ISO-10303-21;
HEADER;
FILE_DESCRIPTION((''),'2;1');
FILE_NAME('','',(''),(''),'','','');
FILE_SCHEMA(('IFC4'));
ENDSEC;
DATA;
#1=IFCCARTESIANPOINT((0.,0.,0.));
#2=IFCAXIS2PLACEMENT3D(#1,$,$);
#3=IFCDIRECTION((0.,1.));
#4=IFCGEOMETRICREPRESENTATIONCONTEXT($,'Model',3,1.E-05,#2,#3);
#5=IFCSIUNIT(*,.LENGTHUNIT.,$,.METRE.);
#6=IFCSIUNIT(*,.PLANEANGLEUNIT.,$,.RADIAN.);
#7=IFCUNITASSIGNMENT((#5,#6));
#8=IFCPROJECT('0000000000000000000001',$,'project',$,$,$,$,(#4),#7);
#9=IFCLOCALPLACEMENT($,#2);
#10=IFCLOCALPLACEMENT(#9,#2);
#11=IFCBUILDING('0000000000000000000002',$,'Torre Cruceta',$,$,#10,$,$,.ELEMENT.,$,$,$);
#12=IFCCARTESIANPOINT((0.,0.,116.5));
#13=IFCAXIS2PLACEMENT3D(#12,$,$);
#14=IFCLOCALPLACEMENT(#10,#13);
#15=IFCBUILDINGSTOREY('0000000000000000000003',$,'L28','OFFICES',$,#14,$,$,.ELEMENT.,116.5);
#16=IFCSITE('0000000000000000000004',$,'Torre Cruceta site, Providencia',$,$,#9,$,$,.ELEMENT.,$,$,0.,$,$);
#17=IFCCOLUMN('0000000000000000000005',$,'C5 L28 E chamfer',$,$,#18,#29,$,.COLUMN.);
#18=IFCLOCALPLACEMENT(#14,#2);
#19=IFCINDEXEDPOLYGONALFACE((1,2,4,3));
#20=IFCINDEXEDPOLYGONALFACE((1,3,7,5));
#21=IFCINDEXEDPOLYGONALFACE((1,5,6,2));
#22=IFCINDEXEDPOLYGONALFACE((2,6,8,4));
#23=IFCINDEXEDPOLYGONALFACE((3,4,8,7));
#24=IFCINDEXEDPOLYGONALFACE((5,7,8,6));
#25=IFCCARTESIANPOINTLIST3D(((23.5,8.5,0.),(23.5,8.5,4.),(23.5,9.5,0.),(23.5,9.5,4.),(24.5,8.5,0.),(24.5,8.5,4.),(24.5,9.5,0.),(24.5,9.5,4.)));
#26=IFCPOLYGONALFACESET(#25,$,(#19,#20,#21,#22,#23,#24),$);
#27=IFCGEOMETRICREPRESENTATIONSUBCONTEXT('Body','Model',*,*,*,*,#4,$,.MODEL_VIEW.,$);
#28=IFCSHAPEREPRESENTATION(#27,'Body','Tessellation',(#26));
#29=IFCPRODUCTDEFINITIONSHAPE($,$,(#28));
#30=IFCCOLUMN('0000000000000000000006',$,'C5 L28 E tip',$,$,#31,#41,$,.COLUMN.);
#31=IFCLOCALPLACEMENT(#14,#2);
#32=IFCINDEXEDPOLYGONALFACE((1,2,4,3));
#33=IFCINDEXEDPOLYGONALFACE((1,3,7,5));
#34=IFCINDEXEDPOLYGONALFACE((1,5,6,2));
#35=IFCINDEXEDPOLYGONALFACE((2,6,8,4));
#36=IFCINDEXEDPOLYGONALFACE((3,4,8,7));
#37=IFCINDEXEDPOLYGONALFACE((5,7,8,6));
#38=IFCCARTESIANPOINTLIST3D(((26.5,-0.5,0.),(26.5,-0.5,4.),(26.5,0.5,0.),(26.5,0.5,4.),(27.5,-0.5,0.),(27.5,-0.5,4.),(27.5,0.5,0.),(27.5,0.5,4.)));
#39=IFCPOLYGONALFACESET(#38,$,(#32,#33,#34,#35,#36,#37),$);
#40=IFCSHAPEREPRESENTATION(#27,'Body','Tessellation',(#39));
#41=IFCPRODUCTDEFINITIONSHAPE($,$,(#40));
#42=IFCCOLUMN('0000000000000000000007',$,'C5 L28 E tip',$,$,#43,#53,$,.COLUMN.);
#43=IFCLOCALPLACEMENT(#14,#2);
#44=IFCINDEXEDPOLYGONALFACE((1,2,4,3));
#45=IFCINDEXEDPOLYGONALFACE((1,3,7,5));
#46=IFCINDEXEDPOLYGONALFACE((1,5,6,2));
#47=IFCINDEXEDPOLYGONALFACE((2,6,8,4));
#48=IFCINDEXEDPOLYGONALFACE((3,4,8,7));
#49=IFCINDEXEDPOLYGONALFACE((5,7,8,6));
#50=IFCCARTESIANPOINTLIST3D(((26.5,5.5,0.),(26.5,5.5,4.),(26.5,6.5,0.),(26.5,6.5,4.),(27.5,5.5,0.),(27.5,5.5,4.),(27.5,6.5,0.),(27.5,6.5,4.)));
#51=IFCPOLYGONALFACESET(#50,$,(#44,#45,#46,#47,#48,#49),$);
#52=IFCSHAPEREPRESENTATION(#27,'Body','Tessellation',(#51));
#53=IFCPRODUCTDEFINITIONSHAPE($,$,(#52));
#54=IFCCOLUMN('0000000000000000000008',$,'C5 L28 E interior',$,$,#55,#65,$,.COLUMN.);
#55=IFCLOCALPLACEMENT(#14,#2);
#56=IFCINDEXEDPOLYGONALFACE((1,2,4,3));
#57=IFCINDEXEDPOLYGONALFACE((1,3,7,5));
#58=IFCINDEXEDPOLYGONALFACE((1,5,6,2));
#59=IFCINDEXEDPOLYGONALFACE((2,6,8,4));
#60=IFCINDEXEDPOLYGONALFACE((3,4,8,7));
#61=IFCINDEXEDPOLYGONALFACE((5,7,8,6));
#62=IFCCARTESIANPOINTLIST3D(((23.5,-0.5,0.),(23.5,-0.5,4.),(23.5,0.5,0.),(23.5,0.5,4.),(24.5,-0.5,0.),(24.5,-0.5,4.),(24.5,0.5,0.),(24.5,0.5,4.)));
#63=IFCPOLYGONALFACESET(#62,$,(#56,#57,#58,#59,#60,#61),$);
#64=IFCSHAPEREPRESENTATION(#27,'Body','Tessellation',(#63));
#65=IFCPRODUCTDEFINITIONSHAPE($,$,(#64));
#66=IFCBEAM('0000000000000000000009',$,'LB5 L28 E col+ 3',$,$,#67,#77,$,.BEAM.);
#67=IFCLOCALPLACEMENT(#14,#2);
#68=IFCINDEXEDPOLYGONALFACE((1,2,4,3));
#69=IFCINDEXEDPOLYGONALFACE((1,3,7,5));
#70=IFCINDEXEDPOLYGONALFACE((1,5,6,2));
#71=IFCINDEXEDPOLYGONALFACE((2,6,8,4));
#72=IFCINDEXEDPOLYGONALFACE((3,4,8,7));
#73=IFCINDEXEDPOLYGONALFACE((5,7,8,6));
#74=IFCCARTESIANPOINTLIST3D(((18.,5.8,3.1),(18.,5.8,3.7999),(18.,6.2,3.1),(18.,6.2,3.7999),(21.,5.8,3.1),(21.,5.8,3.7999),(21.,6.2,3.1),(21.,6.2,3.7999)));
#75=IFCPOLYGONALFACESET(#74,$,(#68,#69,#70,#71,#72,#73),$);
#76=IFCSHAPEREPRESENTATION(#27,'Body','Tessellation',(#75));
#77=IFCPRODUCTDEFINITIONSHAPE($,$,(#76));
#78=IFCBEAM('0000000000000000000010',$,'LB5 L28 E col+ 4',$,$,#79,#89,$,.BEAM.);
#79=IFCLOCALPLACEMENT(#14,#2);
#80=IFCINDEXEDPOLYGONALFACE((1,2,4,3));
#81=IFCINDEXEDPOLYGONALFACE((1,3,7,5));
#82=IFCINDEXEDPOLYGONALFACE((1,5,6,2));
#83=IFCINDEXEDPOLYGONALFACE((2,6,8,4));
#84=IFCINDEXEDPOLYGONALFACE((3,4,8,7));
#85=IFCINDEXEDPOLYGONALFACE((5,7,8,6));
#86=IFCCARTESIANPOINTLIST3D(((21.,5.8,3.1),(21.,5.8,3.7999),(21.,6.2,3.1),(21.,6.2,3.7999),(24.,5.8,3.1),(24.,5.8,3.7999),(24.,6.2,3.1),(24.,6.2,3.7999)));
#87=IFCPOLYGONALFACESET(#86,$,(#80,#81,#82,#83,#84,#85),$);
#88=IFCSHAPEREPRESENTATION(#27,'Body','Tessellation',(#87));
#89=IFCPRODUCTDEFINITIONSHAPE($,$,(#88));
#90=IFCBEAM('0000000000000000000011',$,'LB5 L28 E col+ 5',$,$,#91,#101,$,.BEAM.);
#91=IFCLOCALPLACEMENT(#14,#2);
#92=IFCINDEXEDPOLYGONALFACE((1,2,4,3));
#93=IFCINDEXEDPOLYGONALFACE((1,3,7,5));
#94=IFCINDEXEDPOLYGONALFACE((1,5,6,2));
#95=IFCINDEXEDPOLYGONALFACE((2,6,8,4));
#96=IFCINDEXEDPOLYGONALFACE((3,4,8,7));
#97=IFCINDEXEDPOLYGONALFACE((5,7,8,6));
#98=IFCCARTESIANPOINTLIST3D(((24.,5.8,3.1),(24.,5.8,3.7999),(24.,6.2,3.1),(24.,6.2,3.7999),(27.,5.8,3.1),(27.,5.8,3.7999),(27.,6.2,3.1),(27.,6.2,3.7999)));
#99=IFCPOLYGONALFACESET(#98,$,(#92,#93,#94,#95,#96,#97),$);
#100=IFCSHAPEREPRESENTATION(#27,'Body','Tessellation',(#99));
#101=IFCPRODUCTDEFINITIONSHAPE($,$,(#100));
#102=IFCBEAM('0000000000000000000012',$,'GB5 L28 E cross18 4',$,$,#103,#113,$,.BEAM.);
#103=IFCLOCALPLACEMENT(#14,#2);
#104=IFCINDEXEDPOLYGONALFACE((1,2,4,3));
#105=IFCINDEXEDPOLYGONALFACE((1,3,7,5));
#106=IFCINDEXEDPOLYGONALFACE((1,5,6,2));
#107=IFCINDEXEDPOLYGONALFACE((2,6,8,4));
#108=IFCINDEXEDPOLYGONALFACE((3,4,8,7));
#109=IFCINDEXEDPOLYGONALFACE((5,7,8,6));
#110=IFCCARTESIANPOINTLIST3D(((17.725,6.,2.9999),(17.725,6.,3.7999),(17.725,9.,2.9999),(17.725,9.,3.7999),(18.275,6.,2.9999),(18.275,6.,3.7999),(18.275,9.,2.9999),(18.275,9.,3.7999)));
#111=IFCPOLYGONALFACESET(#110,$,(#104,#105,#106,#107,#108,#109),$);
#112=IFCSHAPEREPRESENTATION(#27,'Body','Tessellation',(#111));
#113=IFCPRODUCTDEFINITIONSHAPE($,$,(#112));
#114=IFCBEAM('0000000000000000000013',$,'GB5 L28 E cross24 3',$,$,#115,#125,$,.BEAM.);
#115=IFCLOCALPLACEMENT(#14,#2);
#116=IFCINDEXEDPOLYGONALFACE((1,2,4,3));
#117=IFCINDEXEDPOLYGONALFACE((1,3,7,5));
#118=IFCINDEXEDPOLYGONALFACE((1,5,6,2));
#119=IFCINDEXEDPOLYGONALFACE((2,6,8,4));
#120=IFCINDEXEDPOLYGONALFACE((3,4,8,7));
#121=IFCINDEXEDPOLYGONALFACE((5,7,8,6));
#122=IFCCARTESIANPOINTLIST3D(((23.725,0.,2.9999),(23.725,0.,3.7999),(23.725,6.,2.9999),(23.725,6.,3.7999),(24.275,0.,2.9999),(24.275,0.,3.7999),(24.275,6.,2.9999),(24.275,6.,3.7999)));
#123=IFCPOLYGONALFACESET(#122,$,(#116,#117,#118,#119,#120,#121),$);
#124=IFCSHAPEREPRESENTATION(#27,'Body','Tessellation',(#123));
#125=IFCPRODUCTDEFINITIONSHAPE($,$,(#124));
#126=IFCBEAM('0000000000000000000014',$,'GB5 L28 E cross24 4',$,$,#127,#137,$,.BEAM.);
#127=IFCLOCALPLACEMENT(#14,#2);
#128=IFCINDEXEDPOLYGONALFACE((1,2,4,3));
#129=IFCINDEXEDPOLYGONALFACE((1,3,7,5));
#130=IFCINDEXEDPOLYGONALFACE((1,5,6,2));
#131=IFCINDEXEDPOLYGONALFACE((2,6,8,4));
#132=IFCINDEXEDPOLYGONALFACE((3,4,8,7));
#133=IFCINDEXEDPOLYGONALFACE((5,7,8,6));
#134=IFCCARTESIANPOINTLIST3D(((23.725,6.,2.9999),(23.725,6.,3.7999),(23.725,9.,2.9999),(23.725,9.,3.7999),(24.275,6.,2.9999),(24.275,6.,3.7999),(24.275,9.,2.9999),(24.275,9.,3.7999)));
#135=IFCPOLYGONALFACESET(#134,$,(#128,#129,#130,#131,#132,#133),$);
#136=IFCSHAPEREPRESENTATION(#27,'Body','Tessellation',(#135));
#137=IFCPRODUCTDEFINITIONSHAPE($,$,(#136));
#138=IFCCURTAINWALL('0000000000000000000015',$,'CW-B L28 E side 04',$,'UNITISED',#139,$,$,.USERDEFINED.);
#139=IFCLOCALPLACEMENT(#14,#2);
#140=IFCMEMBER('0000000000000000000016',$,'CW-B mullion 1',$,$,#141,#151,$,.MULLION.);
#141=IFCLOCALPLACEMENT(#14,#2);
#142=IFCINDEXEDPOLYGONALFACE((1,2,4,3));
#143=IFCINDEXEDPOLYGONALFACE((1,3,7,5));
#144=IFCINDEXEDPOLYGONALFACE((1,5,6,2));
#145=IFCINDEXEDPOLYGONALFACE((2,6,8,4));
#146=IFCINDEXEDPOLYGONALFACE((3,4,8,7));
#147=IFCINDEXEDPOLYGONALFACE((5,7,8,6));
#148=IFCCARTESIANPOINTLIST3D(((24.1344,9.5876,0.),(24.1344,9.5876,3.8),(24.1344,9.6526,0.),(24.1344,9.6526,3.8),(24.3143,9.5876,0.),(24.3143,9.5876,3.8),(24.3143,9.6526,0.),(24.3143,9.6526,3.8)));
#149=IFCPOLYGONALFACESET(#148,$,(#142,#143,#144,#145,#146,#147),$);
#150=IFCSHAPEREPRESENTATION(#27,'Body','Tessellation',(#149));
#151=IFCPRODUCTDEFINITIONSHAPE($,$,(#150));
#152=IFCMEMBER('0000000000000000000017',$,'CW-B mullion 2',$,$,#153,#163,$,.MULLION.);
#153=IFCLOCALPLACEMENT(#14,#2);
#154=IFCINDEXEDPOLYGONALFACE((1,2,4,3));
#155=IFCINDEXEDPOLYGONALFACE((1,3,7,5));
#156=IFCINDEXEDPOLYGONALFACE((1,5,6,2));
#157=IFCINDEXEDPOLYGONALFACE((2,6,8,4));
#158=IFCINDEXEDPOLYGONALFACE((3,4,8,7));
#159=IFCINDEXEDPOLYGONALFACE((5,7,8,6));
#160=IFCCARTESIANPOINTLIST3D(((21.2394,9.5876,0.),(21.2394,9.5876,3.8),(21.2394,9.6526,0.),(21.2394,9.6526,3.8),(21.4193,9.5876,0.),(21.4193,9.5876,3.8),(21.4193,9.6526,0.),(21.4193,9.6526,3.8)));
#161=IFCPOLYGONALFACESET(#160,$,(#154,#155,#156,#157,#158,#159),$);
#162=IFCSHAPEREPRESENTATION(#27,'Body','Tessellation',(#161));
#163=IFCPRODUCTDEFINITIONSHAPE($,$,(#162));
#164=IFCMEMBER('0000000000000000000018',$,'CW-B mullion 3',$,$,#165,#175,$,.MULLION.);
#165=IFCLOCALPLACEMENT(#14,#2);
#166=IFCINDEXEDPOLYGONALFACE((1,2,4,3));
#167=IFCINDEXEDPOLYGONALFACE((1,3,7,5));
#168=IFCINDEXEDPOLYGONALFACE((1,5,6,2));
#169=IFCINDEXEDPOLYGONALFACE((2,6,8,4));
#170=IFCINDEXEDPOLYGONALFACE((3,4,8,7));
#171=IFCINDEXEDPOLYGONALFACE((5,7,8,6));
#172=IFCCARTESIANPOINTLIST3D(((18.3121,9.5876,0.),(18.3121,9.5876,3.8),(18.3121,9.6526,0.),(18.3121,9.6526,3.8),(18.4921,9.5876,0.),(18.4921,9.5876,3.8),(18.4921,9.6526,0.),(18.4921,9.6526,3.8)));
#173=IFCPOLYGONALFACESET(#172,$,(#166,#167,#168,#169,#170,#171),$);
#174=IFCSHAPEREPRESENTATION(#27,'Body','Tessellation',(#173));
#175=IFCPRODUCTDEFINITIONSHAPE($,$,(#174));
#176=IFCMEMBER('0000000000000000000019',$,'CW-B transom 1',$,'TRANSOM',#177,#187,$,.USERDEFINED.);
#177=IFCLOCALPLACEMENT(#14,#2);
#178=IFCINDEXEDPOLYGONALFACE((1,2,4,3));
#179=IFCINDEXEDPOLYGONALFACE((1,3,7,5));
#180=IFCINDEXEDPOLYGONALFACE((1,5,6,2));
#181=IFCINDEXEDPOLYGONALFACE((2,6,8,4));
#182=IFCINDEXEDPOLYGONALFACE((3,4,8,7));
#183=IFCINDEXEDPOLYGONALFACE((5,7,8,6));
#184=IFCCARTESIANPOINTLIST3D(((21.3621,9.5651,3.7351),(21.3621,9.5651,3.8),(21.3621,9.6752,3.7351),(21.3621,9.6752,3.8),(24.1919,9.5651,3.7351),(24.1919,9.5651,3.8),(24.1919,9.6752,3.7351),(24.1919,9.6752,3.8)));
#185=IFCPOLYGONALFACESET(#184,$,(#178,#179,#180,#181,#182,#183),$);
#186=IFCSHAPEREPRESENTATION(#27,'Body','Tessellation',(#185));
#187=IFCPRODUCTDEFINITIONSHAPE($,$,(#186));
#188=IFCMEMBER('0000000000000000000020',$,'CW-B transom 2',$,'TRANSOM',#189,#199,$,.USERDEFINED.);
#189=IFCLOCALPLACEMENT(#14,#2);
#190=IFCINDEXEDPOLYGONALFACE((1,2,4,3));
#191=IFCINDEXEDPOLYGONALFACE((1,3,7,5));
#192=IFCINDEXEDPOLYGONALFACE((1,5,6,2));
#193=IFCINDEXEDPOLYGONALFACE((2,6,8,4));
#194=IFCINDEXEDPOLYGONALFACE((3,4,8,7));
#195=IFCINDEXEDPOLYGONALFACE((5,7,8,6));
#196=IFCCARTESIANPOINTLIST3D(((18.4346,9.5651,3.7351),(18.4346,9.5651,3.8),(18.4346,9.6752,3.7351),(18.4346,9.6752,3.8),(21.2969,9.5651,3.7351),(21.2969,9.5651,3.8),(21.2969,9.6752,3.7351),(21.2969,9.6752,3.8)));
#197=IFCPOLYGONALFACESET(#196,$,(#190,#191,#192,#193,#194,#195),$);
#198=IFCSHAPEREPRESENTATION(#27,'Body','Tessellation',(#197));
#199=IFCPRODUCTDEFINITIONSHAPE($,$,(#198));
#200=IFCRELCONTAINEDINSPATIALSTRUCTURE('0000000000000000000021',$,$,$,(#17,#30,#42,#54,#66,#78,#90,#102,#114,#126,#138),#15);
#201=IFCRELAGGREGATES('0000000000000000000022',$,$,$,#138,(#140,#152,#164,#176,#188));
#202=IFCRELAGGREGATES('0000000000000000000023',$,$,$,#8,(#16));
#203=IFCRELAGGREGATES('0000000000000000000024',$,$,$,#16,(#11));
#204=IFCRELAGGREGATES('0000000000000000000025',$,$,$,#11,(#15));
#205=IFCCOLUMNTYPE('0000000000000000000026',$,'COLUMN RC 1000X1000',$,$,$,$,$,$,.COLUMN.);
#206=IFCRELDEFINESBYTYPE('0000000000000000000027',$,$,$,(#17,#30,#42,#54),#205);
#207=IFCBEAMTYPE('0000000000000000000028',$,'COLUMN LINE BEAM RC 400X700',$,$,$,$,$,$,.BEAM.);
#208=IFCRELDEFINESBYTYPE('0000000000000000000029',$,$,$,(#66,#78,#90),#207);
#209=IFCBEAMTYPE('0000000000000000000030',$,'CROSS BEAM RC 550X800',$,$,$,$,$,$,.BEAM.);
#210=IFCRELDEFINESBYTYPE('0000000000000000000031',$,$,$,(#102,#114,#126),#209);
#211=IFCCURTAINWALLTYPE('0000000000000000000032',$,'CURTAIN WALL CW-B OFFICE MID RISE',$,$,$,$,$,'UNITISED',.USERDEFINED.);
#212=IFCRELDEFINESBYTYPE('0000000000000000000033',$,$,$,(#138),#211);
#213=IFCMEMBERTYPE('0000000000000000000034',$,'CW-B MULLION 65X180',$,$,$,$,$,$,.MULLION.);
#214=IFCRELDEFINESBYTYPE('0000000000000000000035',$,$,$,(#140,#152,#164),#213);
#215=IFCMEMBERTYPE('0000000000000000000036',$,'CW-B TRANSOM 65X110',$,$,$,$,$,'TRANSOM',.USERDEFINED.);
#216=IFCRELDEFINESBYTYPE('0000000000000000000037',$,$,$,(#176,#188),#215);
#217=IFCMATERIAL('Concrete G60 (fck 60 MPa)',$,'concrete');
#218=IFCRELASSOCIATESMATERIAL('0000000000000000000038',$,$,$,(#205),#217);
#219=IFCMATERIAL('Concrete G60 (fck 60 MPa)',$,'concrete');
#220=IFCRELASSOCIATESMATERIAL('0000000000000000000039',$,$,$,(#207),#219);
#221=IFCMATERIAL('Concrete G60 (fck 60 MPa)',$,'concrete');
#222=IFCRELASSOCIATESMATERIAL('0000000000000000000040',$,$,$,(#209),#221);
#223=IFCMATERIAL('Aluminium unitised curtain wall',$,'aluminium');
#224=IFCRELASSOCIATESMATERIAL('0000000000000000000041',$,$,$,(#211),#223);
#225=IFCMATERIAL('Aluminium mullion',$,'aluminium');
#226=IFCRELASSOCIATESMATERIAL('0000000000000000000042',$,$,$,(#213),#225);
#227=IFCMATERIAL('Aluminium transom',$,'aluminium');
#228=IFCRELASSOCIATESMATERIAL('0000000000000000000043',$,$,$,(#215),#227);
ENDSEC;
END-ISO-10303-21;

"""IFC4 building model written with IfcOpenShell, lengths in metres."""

from ifc_helpers import new_model, si_unit, direction, frame, origin, origin_2d, place, context, subcontext, project, spatial, rectangle, extrude, material, material_profile, profile_set, type_object, element, aggregate, save


model = new_model("IFC4")

# Units and contexts
model_context = context("Model", 3, precision=1e-05, world=origin(), true_north=direction((0.0, 1.0)))
body_context = subcontext(model_context, "Body", "Model", "MODEL_VIEW")
ifc_project = project(units=[si_unit("LENGTHUNIT", "METRE"), si_unit("PLANEANGLEUNIT", "RADIAN")], contexts=[model_context])

# Site, building, storey
site_placement = place(None, origin())
site = spatial("IfcSite", under=ifc_project, at=site_placement, Name="Torre Cruceta site, Providencia", CompositionType="ELEMENT", RefElevation=0.0)
building_placement = place(site_placement, origin())
building = spatial("IfcBuilding", under=site, at=building_placement, Name="Torre Cruceta", CompositionType="ELEMENT")
storey_placement = place(building_placement, frame((0.0, 0.0, 116.5)))
storey = spatial("IfcBuildingStorey", under=building, at=storey_placement, Name="L28", Description="OFFICES", CompositionType="ELEMENT", Elevation=116.5)

# Columns
ifc_material_1 = material(Name="Concrete G60 (fck 60 MPa)", Category="concrete")
ifc_material_profile_1 = material_profile(ifc_material_1, rectangle(XDim=1.0, YDim=1.0, at=origin_2d()), Name="RC 1000X1000")
ifc_profile_set_1 = profile_set([ifc_material_profile_1], Name="Concrete G60 (fck 60 MPa)")
column_type = type_object("IfcColumnType", Name="COLUMN RC 1000X1000", PredefinedType="COLUMN", material=ifc_profile_set_1)
for number, where, z_axis, x_axis, name in (
    (1, (24.0, 9.0, 0.0), (0.0, 0.0, 1.0), (1.0, 0.0, 0.0), "C5 L28 E chamfer"),
    (2, (27.0, 0.0, 0.0), (0.0, 0.0, 1.0), (1.0, 0.0, 0.0), "C5 L28 E tip"),
    (3, (27.0, 6.0, 0.0), (0.0, 0.0, 1.0), (1.0, 0.0, 0.0), "C5 L28 E tip"),
    (4, (24.0, 0.0, 0.0), (0.0, 0.0, 1.0), (1.0, 0.0, 0.0), "C5 L28 E interior"),
):
    element("IfcColumn", number, at=place(storey_placement, frame(where, z_axis=z_axis, x_axis=x_axis)), inside=storey, type_object=column_type, Name=name, PredefinedType="COLUMN", context=body_context, shape_type="SweptSolid", body=[
        extrude(rectangle(XDim=1.0, YDim=1.0, at=origin_2d()), origin(), (0.0, 0.0, 1.0), 4.0),
    ])

# Beams
ifc_material_2 = material(Name="Concrete G60 (fck 60 MPa)", Category="concrete")
ifc_material_profile_2 = material_profile(ifc_material_2, rectangle(XDim=0.3999, YDim=0.7, at=origin_2d()), Name="RC 400X700")
ifc_profile_set_2 = profile_set([ifc_material_profile_2], Name="Concrete G60 (fck 60 MPa)")
beam_type_1 = type_object("IfcBeamType", Name="COLUMN LINE BEAM RC 400X700", PredefinedType="BEAM", material=ifc_profile_set_2)
for number, where, z_axis, x_axis, name in (
    (5, (18.0, 6.0, 3.45), (1.0, 0.0, 0.0), (0.0, 1.0, 0.0), "LB5 L28 E col+ 3"),
    (6, (21.0, 6.0, 3.45), (1.0, 0.0, 0.0), (0.0, 1.0, 0.0), "LB5 L28 E col+ 4"),
    (7, (24.0, 6.0, 3.45), (1.0, 0.0, 0.0), (0.0, 1.0, 0.0), "LB5 L28 E col+ 5"),
):
    element("IfcBeam", number, at=place(storey_placement, frame(where, z_axis=z_axis, x_axis=x_axis)), inside=storey, type_object=beam_type_1, Name=name, PredefinedType="BEAM", context=body_context, shape_type="SweptSolid", body=[
        extrude(rectangle(XDim=0.3999, YDim=0.7, at=origin_2d()), origin(), (0.0, 0.0, 1.0), 3.0),
    ])
ifc_material_3 = material(Name="Concrete G60 (fck 60 MPa)", Category="concrete")
ifc_material_profile_3 = material_profile(ifc_material_3, rectangle(XDim=0.55, YDim=0.8, at=origin_2d()), Name="RC 550X800")
ifc_profile_set_3 = profile_set([ifc_material_profile_3], Name="Concrete G60 (fck 60 MPa)")
beam_type_2 = type_object("IfcBeamType", Name="CROSS BEAM RC 550X800", PredefinedType="BEAM", material=ifc_profile_set_3)
beam_1_placement = place(storey_placement, frame((18.0, 6.0, 3.3999), z_axis=(0.0, 1.0, 0.0), x_axis=(-1.0, 0.0, 0.0)))
element("IfcBeam", 8, at=beam_1_placement, inside=storey, type_object=beam_type_2, Name="GB5 L28 E cross18 4", PredefinedType="BEAM", context=body_context, shape_type="SweptSolid", body=[
    extrude(rectangle(XDim=0.55, YDim=0.8, at=origin_2d()), origin(), (0.0, 0.0, 1.0), 3.0),
])
beam_2_placement = place(storey_placement, frame((24.0, 0.0, 3.3999), z_axis=(0.0, 1.0, 0.0), x_axis=(-1.0, 0.0, 0.0)))
element("IfcBeam", 9, at=beam_2_placement, inside=storey, type_object=beam_type_2, Name="GB5 L28 E cross24 3", PredefinedType="BEAM", context=body_context, shape_type="SweptSolid", body=[
    extrude(rectangle(XDim=0.55, YDim=0.8, at=origin_2d()), origin(), (0.0, 0.0, 1.0), 6.0),
])
beam_3_placement = place(storey_placement, frame((24.0, 6.0, 3.3999), z_axis=(0.0, 1.0, 0.0), x_axis=(-1.0, 0.0, 0.0)))
element("IfcBeam", 10, at=beam_3_placement, inside=storey, type_object=beam_type_2, Name="GB5 L28 E cross24 4", PredefinedType="BEAM", context=body_context, shape_type="SweptSolid", body=[
    extrude(rectangle(XDim=0.55, YDim=0.8, at=origin_2d()), origin(), (0.0, 0.0, 1.0), 3.0),
])

# Curtain wall, members
ifc_material_4 = material(Name="Aluminium unitised curtain wall", Category="aluminium")
curtain_wall_type = type_object("IfcCurtainWallType", Name="CURTAIN WALL CW-B OFFICE MID RISE", ElementType="UNITISED", PredefinedType="USERDEFINED", material=ifc_material_4)
curtain_wall_placement = place(storey_placement, origin())
curtain_wall = element("IfcCurtainWall", 11, at=curtain_wall_placement, inside=storey, type_object=curtain_wall_type, Name="CW-B L28 E side 04", ObjectType="UNITISED", PredefinedType="USERDEFINED")
ifc_material_5 = material(Name="Aluminium mullion", Category="aluminium")
ifc_material_profile_4 = material_profile(ifc_material_5, rectangle(XDim=0.0649, YDim=0.1799, at=origin_2d()), Name="AL 65X180")
ifc_profile_set_4 = profile_set([ifc_material_profile_4], Name="Aluminium mullion")
member_type_1 = type_object("IfcMemberType", Name="CW-B MULLION 65X180", PredefinedType="MULLION", material=ifc_profile_set_4)
member_1_placement = place(storey_placement, frame((24.2244, 9.6201, 0.0), z_axis=(0.0, 0.0, 1.0), x_axis=(0.0, -1.0, 0.0)))
member_1 = element("IfcMember", 12, at=member_1_placement, type_object=member_type_1, Name="CW-B mullion 1", PredefinedType="MULLION", context=body_context, shape_type="SweptSolid", body=[
    extrude(rectangle(XDim=0.0649, YDim=0.1799, at=origin_2d()), origin(), (0.0, 0.0, 1.0), 3.8),
])
member_2_placement = place(storey_placement, frame((21.3293, 9.6201, 0.0), z_axis=(0.0, 0.0, 1.0), x_axis=(0.0, -1.0, 0.0)))
member_2 = element("IfcMember", 13, at=member_2_placement, type_object=member_type_1, Name="CW-B mullion 2", PredefinedType="MULLION", context=body_context, shape_type="SweptSolid", body=[
    extrude(rectangle(XDim=0.0649, YDim=0.1799, at=origin_2d()), origin(), (0.0, 0.0, 1.0), 3.8),
])
member_3_placement = place(storey_placement, frame((18.4021, 9.6201, 0.0), z_axis=(0.0, 0.0, 1.0), x_axis=(0.0, -1.0, 0.0)))
member_3 = element("IfcMember", 14, at=member_3_placement, type_object=member_type_1, Name="CW-B mullion 3", PredefinedType="MULLION", context=body_context, shape_type="SweptSolid", body=[
    extrude(rectangle(XDim=0.0649, YDim=0.1799, at=origin_2d()), origin(), (0.0, 0.0, 1.0), 3.8),
])
ifc_material_6 = material(Name="Aluminium transom", Category="aluminium")
ifc_material_profile_5 = material_profile(ifc_material_6, rectangle(XDim=0.1101, YDim=0.0649, at=origin_2d()), Name="AL 110X65")
ifc_profile_set_5 = profile_set([ifc_material_profile_5], Name="Aluminium transom")
member_type_2 = type_object("IfcMemberType", Name="CW-B TRANSOM 65X110", ElementType="TRANSOM", PredefinedType="USERDEFINED", material=ifc_profile_set_5)
member_4_placement = place(storey_placement, frame((24.1919, 9.6201, 3.7676), z_axis=(-1.0, 0.0, 0.0), x_axis=(0.0, -1.0, 0.0)))
member_4 = element("IfcMember", 15, at=member_4_placement, type_object=member_type_2, Name="CW-B transom 1", ObjectType="TRANSOM", PredefinedType="USERDEFINED", context=body_context, shape_type="SweptSolid", body=[
    extrude(rectangle(XDim=0.1101, YDim=0.0649, at=origin_2d()), origin(), (0.0, 0.0, 1.0), 2.8298),
])
member_5_placement = place(storey_placement, frame((21.2969, 9.6201, 3.7676), z_axis=(-1.0, 0.0, 0.0), x_axis=(0.0, -1.0, 0.0)))
member_5 = element("IfcMember", 16, at=member_5_placement, type_object=member_type_2, Name="CW-B transom 2", ObjectType="TRANSOM", PredefinedType="USERDEFINED", context=body_context, shape_type="SweptSolid", body=[
    extrude(rectangle(XDim=0.1101, YDim=0.0649, at=origin_2d()), origin(), (0.0, 0.0, 1.0), 2.8623),
])

aggregate(curtain_wall, [member_1, member_2, member_3, member_4, member_5])

save(model, "model.ifc")
